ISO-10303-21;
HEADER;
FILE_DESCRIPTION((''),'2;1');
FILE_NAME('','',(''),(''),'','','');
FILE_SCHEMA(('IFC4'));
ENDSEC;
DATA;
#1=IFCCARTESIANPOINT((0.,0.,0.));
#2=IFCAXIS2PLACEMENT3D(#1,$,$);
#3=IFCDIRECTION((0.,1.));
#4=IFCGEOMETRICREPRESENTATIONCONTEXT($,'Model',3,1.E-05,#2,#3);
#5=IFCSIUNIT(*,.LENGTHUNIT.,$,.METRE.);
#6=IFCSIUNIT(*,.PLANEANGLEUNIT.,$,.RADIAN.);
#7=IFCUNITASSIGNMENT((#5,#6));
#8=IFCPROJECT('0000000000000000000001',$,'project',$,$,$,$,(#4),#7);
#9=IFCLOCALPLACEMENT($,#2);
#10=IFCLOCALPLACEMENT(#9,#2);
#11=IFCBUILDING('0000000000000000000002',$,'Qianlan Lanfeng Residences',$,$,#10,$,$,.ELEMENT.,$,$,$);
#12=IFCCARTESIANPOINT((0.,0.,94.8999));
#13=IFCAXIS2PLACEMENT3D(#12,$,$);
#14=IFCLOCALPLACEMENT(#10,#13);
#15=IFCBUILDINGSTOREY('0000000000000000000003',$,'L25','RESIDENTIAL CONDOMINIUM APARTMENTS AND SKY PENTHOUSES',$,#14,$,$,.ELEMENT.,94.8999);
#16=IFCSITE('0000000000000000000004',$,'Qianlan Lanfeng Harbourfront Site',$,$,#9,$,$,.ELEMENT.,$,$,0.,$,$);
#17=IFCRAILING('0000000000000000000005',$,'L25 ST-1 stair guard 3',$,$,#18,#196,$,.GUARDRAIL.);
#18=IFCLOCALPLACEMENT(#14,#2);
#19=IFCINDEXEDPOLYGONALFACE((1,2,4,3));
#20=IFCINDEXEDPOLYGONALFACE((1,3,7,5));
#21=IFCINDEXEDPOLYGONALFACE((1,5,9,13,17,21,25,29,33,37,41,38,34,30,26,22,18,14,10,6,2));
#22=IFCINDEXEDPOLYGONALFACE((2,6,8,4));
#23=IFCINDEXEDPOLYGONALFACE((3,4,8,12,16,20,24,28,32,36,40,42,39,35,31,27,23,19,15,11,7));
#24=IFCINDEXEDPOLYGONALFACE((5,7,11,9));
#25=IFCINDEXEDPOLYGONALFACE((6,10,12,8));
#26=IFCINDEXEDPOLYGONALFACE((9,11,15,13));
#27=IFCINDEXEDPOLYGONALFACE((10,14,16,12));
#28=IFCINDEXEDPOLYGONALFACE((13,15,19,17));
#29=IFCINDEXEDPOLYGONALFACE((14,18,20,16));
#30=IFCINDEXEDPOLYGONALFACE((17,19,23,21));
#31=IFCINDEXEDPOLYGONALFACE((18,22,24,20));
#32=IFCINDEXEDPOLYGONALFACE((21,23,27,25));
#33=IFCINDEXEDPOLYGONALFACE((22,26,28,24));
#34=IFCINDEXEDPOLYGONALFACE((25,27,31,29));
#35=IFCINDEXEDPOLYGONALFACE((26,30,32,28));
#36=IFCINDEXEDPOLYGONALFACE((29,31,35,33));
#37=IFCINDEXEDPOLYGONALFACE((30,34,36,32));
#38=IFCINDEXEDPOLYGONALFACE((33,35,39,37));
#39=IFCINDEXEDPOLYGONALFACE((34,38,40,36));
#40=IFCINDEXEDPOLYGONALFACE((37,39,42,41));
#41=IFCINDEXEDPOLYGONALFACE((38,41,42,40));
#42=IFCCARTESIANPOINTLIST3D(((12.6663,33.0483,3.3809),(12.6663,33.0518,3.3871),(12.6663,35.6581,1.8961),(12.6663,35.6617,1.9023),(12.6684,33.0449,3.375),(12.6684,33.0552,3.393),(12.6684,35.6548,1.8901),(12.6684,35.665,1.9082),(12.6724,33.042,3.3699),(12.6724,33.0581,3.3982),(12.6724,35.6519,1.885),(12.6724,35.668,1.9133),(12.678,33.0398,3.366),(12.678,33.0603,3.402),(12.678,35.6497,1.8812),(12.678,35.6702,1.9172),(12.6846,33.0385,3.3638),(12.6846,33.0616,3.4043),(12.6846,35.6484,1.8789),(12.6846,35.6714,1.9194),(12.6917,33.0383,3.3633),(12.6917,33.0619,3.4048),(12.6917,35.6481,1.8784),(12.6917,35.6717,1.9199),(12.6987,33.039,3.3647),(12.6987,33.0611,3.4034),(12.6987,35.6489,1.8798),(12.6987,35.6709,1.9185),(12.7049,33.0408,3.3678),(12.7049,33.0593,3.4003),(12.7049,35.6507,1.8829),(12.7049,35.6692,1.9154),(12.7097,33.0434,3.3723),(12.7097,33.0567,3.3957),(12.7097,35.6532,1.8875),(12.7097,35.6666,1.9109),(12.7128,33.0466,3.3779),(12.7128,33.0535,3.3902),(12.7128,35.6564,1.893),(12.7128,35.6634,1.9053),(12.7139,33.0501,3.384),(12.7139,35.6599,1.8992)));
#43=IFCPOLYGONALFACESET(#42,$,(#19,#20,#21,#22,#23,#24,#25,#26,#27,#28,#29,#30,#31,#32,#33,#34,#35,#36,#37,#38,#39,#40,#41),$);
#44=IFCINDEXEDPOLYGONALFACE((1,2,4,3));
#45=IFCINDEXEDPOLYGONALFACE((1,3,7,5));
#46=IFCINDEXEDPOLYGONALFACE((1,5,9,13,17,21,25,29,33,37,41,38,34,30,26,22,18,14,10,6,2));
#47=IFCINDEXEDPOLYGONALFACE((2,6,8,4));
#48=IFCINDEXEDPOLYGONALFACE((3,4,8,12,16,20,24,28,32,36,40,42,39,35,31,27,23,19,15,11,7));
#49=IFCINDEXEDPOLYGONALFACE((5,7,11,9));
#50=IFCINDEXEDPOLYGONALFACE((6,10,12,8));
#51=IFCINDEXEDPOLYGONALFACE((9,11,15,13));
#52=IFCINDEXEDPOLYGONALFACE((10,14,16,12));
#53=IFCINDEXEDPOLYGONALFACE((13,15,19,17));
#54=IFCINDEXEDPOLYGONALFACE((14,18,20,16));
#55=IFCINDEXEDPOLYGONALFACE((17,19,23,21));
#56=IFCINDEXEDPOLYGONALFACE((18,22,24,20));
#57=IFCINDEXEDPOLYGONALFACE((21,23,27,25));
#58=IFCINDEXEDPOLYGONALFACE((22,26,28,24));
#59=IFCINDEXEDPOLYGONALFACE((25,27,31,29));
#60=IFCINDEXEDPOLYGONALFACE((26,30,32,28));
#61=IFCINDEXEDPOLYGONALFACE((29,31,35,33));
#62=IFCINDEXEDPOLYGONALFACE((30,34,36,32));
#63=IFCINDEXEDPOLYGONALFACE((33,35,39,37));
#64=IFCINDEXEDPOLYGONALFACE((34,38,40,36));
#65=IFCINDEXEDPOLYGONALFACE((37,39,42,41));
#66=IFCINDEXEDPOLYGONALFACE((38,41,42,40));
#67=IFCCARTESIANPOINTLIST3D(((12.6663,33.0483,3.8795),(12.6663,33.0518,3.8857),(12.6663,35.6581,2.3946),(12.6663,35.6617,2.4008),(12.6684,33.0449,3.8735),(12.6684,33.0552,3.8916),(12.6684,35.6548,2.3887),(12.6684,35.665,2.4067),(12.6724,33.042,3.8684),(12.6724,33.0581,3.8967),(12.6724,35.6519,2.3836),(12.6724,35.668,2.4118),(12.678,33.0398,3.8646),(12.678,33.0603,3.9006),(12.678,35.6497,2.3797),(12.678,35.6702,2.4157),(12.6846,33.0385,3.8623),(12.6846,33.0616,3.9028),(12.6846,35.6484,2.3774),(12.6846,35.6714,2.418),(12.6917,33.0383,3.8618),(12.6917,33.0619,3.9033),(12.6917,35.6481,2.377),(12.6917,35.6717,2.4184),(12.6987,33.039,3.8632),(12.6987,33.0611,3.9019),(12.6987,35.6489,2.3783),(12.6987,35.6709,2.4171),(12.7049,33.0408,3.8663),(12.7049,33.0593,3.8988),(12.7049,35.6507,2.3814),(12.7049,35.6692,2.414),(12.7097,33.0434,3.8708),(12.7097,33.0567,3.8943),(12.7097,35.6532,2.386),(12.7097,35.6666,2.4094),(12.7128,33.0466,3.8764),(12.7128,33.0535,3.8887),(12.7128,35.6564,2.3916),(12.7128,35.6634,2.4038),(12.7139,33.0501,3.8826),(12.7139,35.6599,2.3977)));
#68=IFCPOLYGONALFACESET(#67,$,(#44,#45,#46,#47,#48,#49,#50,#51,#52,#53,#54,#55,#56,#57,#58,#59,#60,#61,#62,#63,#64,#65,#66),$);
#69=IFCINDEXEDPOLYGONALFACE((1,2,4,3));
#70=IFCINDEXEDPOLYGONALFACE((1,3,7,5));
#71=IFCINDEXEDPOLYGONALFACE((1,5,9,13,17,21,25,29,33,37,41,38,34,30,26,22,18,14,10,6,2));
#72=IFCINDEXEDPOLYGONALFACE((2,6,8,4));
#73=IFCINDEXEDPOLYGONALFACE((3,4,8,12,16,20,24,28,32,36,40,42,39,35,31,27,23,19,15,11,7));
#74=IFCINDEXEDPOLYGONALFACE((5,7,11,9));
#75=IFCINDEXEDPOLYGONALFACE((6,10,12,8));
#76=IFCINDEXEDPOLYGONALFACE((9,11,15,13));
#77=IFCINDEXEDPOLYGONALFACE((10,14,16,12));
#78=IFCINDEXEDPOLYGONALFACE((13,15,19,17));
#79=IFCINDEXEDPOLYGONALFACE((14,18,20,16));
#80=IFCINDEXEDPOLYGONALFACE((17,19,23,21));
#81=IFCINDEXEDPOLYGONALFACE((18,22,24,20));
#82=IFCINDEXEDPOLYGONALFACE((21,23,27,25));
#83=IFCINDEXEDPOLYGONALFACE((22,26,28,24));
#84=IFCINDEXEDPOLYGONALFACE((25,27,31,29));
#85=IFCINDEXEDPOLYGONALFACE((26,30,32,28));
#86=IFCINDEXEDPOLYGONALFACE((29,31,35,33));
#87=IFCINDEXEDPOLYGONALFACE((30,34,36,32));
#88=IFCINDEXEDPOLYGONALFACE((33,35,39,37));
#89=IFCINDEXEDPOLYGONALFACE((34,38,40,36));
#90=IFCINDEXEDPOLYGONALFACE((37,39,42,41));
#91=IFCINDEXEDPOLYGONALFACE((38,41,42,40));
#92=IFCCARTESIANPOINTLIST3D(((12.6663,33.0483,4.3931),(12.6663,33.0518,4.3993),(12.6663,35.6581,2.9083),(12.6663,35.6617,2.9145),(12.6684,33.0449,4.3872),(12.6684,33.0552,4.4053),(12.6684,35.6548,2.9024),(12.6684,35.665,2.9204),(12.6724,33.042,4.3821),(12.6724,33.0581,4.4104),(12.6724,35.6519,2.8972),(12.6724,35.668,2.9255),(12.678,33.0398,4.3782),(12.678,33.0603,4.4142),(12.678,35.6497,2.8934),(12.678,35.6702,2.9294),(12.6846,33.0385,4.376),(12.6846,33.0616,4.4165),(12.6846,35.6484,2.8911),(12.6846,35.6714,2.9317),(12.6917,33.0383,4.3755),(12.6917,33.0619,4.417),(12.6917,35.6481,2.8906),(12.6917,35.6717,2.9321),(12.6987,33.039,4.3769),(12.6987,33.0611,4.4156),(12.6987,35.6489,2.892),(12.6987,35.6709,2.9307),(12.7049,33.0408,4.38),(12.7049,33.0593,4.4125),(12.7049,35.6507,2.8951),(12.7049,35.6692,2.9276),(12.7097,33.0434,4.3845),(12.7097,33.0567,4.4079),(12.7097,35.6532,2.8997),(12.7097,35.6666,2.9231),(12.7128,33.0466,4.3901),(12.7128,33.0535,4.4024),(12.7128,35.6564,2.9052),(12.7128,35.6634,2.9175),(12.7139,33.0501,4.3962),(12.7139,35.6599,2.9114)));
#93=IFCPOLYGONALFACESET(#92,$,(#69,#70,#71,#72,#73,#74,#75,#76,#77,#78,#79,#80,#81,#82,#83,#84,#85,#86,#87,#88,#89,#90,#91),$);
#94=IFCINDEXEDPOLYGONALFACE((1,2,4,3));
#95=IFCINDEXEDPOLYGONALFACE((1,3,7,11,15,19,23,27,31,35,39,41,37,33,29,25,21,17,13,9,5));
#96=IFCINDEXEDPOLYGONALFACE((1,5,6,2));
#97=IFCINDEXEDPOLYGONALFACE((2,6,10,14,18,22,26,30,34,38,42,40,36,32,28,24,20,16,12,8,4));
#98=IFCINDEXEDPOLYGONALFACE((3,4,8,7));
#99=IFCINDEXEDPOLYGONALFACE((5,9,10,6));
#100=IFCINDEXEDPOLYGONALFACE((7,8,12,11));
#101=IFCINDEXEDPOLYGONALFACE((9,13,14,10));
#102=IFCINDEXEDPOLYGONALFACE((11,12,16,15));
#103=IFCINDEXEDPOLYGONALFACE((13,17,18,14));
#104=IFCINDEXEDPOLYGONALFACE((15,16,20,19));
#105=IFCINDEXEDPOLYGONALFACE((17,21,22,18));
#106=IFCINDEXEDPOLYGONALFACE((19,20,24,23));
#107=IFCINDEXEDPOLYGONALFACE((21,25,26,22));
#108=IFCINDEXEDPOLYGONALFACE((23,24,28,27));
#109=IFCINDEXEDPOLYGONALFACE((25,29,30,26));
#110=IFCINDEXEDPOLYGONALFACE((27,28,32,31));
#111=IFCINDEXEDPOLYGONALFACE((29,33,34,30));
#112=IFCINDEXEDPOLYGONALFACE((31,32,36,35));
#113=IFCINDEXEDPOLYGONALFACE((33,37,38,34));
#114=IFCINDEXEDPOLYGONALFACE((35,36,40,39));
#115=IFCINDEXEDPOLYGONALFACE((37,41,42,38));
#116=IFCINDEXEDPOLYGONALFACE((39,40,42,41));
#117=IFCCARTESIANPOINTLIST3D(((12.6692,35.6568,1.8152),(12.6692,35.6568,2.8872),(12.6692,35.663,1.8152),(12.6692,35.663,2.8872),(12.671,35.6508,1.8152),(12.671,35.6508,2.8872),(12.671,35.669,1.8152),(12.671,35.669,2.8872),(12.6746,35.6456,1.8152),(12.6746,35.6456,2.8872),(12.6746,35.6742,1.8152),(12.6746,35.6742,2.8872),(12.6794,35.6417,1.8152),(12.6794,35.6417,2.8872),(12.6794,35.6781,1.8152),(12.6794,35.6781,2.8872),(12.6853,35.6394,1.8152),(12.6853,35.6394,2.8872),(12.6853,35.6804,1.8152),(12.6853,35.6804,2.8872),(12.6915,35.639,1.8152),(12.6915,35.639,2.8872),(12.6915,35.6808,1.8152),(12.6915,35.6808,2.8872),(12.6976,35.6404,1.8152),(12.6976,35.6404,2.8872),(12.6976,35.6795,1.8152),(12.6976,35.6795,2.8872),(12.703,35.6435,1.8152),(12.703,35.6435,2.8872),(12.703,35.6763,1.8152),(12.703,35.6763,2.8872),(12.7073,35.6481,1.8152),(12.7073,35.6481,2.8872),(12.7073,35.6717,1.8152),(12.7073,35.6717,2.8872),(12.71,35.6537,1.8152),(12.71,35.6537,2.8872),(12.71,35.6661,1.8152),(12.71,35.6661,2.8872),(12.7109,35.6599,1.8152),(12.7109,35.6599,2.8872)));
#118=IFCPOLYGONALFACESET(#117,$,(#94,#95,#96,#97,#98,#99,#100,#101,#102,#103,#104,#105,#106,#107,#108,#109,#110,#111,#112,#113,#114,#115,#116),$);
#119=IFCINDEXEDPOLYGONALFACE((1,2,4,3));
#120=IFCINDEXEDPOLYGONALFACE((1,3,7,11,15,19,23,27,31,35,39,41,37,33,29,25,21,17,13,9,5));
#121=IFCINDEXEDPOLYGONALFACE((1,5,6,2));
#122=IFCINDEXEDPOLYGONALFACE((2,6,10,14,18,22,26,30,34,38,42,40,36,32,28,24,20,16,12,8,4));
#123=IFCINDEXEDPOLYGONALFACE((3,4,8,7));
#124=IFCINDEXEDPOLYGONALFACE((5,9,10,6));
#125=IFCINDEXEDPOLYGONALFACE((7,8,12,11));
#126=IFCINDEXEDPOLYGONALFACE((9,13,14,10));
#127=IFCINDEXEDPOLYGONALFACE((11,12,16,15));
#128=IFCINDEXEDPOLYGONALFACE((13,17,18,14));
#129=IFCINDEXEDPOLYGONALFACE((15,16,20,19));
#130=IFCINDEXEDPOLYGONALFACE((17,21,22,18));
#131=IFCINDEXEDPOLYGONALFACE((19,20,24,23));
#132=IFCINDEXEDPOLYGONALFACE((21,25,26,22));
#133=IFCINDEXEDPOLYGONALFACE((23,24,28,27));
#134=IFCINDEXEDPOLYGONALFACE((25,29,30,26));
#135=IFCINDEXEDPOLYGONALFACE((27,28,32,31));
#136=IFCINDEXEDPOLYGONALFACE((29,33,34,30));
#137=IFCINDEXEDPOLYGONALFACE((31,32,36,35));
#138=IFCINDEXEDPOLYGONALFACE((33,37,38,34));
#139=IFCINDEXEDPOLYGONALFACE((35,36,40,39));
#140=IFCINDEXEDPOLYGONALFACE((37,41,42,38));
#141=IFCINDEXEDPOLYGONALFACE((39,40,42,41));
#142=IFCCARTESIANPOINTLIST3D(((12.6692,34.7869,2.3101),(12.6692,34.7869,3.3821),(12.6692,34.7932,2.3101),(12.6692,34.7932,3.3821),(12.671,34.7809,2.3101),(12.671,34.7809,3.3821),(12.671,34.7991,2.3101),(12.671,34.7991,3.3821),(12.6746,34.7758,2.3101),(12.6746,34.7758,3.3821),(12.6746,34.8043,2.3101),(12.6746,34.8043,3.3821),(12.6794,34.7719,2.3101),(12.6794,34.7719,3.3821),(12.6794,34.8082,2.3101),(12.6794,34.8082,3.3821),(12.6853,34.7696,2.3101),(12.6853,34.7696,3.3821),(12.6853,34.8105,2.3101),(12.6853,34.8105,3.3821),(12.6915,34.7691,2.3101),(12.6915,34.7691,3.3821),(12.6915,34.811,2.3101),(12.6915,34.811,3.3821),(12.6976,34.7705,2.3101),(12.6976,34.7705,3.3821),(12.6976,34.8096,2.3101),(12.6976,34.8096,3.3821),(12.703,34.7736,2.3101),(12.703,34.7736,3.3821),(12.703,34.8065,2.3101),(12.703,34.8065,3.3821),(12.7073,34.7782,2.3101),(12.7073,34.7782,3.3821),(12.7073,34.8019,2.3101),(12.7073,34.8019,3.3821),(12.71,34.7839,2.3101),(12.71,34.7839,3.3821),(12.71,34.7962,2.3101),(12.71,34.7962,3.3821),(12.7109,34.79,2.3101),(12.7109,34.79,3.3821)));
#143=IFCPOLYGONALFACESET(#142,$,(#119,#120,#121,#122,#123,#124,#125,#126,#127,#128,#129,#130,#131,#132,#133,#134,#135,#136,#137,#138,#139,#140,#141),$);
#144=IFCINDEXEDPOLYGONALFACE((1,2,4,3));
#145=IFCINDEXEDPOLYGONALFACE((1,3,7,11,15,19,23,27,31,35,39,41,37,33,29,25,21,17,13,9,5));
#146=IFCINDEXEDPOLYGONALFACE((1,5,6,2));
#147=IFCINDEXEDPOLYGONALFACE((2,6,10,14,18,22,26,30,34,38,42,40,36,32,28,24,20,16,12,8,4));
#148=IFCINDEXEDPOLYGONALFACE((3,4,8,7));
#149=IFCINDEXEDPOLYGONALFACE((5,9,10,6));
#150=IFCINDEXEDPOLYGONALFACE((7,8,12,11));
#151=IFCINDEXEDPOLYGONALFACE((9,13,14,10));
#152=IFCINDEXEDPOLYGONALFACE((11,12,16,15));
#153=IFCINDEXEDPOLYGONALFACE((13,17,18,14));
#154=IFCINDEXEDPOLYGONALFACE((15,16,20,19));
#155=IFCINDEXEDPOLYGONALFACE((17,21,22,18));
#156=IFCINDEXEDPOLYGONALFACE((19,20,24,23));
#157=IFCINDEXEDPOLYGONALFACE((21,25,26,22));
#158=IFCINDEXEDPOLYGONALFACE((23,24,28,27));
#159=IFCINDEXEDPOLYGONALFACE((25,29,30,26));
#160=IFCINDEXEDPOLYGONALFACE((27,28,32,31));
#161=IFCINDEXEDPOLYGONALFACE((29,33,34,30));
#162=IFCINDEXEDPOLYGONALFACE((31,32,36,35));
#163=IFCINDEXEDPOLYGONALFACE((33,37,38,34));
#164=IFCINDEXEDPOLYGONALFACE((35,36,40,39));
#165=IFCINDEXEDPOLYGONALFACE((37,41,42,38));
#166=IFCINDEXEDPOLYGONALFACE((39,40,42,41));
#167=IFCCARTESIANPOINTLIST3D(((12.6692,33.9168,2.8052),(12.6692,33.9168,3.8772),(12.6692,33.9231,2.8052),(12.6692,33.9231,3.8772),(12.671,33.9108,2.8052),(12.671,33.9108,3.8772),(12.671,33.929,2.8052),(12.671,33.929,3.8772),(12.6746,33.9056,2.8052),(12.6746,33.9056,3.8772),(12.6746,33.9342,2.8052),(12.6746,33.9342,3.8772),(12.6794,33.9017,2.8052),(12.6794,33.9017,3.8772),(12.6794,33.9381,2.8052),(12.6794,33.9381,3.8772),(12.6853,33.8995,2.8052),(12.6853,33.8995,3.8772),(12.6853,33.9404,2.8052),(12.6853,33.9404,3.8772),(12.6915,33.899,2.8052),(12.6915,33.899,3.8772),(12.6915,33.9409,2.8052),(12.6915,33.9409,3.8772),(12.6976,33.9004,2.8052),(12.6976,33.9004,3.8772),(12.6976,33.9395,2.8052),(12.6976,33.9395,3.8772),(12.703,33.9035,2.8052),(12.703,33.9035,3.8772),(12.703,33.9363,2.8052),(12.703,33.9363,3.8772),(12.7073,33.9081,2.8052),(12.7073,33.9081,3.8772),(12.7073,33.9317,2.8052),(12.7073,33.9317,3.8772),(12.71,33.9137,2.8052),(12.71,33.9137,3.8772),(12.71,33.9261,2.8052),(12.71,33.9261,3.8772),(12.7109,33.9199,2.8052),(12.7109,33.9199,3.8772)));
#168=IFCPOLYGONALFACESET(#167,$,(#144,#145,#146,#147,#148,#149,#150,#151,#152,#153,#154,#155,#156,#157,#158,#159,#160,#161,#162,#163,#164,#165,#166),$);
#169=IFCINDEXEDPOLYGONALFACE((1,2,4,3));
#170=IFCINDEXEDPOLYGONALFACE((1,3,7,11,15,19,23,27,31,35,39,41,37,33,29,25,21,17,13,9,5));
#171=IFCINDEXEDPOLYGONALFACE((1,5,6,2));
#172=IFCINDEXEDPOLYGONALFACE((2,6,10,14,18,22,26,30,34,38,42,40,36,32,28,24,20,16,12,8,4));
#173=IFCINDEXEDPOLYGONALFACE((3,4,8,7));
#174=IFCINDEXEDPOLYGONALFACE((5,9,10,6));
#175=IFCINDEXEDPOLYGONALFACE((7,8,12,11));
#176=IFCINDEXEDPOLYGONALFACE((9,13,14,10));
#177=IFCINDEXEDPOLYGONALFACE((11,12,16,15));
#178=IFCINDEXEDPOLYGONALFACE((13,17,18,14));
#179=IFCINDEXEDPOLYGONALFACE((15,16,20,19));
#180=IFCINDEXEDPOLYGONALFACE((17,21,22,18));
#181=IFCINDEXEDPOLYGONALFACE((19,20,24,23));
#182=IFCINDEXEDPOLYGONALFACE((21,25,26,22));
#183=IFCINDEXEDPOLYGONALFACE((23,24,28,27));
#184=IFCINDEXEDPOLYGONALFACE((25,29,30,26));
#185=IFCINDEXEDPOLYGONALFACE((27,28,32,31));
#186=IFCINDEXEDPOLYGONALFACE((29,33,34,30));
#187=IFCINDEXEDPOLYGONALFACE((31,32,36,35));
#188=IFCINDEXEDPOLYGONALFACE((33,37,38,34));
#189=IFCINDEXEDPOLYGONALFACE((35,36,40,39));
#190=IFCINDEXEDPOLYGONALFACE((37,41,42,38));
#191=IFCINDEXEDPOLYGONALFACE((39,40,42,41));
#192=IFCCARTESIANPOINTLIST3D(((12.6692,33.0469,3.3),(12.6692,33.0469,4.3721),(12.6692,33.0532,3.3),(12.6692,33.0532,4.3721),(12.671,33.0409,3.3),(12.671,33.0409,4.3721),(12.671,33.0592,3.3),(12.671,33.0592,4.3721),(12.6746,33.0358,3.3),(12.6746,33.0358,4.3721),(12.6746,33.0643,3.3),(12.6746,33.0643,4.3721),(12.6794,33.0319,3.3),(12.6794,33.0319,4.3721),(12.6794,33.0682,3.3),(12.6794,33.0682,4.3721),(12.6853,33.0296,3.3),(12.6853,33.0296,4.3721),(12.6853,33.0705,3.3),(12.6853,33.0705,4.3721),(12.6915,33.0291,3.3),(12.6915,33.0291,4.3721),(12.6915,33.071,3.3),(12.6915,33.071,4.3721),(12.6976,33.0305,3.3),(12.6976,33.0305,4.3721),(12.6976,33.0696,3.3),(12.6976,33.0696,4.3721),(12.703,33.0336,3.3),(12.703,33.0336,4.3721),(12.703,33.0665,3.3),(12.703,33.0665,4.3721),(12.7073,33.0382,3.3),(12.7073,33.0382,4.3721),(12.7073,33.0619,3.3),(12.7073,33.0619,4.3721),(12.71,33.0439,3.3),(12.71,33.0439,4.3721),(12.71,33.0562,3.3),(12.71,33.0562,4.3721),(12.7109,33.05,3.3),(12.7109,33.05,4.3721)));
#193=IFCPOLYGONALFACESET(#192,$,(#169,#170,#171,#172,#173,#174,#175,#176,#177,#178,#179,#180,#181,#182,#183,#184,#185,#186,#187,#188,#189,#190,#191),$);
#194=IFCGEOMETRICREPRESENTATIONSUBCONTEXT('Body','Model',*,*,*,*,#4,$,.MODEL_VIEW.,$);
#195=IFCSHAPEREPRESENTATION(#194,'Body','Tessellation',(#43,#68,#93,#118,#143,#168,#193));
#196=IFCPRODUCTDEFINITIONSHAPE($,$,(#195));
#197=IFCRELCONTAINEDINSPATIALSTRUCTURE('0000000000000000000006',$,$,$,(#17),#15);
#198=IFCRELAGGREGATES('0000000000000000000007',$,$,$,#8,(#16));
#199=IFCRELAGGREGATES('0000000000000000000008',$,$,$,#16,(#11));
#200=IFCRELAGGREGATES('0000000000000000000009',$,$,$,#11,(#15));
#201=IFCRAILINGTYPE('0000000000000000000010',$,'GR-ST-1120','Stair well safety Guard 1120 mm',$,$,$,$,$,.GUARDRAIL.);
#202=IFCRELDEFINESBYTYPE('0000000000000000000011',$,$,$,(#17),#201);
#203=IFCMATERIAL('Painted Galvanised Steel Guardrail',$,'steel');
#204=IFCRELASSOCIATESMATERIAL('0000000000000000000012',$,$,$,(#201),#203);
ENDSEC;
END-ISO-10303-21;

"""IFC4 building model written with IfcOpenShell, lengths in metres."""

from ifc_helpers import new_model, si_unit, direction, frame, origin, origin_2d, place, context, subcontext, project, spatial, circle, extrude, material, type_object, element, save


model = new_model("IFC4")

# Units and contexts
model_context = context("Model", 3, precision=1e-05, world=origin(), true_north=direction((0.0, 1.0)))
body_context = subcontext(model_context, "Body", "Model", "MODEL_VIEW")
ifc_project = project(units=[si_unit("LENGTHUNIT", "METRE"), si_unit("PLANEANGLEUNIT", "RADIAN")], contexts=[model_context])

# Site, building, storey
site_placement = place(None, origin())
site = spatial("IfcSite", under=ifc_project, at=site_placement, Name="Qianlan Lanfeng Harbourfront Site", CompositionType="ELEMENT", RefElevation=0.0)
building_placement = place(site_placement, origin())
building = spatial("IfcBuilding", under=site, at=building_placement, Name="Qianlan Lanfeng Residences", CompositionType="ELEMENT")
storey_placement = place(building_placement, frame((0.0, 0.0, 94.8999)))
storey = spatial("IfcBuildingStorey", under=building, at=storey_placement, Name="L25", Description="RESIDENTIAL CONDOMINIUM APARTMENTS AND SKY PENTHOUSES", CompositionType="ELEMENT", Elevation=94.8999)

# Railing
ifc_material_1 = material(Name="Painted Galvanised Steel Guardrail", Category="steel")
railing_type_1 = type_object("IfcRailingType", Name="GR-ST-1120", Description="Stair well safety Guard 1120 mm", PredefinedType="GUARDRAIL", material=ifc_material_1)
railing_1_placement = place(storey_placement, frame((12.6899, 35.6599, 1.8152)))
element("IfcRailing", 1, at=railing_1_placement, inside=storey, type_object=railing_type_1, Name="L25 ST-1 stair guard 3", PredefinedType="GUARDRAIL", context=body_context, shape_type="SweptSolid", body=[
    extrude(circle(Radius=0.0239, at=origin_2d()), frame((0.0, 0.0, 0.084), z_axis=(0.0, -0.869172, 0.494509), x_axis=(1.0, 0.0, 0.0)), (0.0, 0.0, 1.0), 3.0027),
    extrude(circle(Radius=0.0239, at=origin_2d()), frame((0.0, 0.0, 0.5825), z_axis=(0.0, -0.869172, 0.494509), x_axis=(1.0, 0.0, 0.0)), (0.0, 0.0, 1.0), 3.0027),
    extrude(circle(Radius=0.0239, at=origin_2d()), frame((0.0, 0.0, 1.0962), z_axis=(0.0, -0.869172, 0.494509), x_axis=(1.0, 0.0, 0.0)), (0.0, 0.0, 1.0), 3.0027),
    extrude(circle(Radius=0.021, at=origin_2d()), origin(), (0.0, 0.0, 1.0), 1.072),
    extrude(circle(Radius=0.021, at=origin_2d()), frame((0.0, -0.8699, 0.4949)), (0.0, 0.0, 1.0), 1.072),
    extrude(circle(Radius=0.021, at=origin_2d()), frame((0.0, -1.74, 0.99)), (0.0, 0.0, 1.0), 1.072),
    extrude(circle(Radius=0.021, at=origin_2d()), frame((0.0, -2.6099, 1.4849)), (0.0, 0.0, 1.0), 1.072),
])

save(model, "model.ifc")
